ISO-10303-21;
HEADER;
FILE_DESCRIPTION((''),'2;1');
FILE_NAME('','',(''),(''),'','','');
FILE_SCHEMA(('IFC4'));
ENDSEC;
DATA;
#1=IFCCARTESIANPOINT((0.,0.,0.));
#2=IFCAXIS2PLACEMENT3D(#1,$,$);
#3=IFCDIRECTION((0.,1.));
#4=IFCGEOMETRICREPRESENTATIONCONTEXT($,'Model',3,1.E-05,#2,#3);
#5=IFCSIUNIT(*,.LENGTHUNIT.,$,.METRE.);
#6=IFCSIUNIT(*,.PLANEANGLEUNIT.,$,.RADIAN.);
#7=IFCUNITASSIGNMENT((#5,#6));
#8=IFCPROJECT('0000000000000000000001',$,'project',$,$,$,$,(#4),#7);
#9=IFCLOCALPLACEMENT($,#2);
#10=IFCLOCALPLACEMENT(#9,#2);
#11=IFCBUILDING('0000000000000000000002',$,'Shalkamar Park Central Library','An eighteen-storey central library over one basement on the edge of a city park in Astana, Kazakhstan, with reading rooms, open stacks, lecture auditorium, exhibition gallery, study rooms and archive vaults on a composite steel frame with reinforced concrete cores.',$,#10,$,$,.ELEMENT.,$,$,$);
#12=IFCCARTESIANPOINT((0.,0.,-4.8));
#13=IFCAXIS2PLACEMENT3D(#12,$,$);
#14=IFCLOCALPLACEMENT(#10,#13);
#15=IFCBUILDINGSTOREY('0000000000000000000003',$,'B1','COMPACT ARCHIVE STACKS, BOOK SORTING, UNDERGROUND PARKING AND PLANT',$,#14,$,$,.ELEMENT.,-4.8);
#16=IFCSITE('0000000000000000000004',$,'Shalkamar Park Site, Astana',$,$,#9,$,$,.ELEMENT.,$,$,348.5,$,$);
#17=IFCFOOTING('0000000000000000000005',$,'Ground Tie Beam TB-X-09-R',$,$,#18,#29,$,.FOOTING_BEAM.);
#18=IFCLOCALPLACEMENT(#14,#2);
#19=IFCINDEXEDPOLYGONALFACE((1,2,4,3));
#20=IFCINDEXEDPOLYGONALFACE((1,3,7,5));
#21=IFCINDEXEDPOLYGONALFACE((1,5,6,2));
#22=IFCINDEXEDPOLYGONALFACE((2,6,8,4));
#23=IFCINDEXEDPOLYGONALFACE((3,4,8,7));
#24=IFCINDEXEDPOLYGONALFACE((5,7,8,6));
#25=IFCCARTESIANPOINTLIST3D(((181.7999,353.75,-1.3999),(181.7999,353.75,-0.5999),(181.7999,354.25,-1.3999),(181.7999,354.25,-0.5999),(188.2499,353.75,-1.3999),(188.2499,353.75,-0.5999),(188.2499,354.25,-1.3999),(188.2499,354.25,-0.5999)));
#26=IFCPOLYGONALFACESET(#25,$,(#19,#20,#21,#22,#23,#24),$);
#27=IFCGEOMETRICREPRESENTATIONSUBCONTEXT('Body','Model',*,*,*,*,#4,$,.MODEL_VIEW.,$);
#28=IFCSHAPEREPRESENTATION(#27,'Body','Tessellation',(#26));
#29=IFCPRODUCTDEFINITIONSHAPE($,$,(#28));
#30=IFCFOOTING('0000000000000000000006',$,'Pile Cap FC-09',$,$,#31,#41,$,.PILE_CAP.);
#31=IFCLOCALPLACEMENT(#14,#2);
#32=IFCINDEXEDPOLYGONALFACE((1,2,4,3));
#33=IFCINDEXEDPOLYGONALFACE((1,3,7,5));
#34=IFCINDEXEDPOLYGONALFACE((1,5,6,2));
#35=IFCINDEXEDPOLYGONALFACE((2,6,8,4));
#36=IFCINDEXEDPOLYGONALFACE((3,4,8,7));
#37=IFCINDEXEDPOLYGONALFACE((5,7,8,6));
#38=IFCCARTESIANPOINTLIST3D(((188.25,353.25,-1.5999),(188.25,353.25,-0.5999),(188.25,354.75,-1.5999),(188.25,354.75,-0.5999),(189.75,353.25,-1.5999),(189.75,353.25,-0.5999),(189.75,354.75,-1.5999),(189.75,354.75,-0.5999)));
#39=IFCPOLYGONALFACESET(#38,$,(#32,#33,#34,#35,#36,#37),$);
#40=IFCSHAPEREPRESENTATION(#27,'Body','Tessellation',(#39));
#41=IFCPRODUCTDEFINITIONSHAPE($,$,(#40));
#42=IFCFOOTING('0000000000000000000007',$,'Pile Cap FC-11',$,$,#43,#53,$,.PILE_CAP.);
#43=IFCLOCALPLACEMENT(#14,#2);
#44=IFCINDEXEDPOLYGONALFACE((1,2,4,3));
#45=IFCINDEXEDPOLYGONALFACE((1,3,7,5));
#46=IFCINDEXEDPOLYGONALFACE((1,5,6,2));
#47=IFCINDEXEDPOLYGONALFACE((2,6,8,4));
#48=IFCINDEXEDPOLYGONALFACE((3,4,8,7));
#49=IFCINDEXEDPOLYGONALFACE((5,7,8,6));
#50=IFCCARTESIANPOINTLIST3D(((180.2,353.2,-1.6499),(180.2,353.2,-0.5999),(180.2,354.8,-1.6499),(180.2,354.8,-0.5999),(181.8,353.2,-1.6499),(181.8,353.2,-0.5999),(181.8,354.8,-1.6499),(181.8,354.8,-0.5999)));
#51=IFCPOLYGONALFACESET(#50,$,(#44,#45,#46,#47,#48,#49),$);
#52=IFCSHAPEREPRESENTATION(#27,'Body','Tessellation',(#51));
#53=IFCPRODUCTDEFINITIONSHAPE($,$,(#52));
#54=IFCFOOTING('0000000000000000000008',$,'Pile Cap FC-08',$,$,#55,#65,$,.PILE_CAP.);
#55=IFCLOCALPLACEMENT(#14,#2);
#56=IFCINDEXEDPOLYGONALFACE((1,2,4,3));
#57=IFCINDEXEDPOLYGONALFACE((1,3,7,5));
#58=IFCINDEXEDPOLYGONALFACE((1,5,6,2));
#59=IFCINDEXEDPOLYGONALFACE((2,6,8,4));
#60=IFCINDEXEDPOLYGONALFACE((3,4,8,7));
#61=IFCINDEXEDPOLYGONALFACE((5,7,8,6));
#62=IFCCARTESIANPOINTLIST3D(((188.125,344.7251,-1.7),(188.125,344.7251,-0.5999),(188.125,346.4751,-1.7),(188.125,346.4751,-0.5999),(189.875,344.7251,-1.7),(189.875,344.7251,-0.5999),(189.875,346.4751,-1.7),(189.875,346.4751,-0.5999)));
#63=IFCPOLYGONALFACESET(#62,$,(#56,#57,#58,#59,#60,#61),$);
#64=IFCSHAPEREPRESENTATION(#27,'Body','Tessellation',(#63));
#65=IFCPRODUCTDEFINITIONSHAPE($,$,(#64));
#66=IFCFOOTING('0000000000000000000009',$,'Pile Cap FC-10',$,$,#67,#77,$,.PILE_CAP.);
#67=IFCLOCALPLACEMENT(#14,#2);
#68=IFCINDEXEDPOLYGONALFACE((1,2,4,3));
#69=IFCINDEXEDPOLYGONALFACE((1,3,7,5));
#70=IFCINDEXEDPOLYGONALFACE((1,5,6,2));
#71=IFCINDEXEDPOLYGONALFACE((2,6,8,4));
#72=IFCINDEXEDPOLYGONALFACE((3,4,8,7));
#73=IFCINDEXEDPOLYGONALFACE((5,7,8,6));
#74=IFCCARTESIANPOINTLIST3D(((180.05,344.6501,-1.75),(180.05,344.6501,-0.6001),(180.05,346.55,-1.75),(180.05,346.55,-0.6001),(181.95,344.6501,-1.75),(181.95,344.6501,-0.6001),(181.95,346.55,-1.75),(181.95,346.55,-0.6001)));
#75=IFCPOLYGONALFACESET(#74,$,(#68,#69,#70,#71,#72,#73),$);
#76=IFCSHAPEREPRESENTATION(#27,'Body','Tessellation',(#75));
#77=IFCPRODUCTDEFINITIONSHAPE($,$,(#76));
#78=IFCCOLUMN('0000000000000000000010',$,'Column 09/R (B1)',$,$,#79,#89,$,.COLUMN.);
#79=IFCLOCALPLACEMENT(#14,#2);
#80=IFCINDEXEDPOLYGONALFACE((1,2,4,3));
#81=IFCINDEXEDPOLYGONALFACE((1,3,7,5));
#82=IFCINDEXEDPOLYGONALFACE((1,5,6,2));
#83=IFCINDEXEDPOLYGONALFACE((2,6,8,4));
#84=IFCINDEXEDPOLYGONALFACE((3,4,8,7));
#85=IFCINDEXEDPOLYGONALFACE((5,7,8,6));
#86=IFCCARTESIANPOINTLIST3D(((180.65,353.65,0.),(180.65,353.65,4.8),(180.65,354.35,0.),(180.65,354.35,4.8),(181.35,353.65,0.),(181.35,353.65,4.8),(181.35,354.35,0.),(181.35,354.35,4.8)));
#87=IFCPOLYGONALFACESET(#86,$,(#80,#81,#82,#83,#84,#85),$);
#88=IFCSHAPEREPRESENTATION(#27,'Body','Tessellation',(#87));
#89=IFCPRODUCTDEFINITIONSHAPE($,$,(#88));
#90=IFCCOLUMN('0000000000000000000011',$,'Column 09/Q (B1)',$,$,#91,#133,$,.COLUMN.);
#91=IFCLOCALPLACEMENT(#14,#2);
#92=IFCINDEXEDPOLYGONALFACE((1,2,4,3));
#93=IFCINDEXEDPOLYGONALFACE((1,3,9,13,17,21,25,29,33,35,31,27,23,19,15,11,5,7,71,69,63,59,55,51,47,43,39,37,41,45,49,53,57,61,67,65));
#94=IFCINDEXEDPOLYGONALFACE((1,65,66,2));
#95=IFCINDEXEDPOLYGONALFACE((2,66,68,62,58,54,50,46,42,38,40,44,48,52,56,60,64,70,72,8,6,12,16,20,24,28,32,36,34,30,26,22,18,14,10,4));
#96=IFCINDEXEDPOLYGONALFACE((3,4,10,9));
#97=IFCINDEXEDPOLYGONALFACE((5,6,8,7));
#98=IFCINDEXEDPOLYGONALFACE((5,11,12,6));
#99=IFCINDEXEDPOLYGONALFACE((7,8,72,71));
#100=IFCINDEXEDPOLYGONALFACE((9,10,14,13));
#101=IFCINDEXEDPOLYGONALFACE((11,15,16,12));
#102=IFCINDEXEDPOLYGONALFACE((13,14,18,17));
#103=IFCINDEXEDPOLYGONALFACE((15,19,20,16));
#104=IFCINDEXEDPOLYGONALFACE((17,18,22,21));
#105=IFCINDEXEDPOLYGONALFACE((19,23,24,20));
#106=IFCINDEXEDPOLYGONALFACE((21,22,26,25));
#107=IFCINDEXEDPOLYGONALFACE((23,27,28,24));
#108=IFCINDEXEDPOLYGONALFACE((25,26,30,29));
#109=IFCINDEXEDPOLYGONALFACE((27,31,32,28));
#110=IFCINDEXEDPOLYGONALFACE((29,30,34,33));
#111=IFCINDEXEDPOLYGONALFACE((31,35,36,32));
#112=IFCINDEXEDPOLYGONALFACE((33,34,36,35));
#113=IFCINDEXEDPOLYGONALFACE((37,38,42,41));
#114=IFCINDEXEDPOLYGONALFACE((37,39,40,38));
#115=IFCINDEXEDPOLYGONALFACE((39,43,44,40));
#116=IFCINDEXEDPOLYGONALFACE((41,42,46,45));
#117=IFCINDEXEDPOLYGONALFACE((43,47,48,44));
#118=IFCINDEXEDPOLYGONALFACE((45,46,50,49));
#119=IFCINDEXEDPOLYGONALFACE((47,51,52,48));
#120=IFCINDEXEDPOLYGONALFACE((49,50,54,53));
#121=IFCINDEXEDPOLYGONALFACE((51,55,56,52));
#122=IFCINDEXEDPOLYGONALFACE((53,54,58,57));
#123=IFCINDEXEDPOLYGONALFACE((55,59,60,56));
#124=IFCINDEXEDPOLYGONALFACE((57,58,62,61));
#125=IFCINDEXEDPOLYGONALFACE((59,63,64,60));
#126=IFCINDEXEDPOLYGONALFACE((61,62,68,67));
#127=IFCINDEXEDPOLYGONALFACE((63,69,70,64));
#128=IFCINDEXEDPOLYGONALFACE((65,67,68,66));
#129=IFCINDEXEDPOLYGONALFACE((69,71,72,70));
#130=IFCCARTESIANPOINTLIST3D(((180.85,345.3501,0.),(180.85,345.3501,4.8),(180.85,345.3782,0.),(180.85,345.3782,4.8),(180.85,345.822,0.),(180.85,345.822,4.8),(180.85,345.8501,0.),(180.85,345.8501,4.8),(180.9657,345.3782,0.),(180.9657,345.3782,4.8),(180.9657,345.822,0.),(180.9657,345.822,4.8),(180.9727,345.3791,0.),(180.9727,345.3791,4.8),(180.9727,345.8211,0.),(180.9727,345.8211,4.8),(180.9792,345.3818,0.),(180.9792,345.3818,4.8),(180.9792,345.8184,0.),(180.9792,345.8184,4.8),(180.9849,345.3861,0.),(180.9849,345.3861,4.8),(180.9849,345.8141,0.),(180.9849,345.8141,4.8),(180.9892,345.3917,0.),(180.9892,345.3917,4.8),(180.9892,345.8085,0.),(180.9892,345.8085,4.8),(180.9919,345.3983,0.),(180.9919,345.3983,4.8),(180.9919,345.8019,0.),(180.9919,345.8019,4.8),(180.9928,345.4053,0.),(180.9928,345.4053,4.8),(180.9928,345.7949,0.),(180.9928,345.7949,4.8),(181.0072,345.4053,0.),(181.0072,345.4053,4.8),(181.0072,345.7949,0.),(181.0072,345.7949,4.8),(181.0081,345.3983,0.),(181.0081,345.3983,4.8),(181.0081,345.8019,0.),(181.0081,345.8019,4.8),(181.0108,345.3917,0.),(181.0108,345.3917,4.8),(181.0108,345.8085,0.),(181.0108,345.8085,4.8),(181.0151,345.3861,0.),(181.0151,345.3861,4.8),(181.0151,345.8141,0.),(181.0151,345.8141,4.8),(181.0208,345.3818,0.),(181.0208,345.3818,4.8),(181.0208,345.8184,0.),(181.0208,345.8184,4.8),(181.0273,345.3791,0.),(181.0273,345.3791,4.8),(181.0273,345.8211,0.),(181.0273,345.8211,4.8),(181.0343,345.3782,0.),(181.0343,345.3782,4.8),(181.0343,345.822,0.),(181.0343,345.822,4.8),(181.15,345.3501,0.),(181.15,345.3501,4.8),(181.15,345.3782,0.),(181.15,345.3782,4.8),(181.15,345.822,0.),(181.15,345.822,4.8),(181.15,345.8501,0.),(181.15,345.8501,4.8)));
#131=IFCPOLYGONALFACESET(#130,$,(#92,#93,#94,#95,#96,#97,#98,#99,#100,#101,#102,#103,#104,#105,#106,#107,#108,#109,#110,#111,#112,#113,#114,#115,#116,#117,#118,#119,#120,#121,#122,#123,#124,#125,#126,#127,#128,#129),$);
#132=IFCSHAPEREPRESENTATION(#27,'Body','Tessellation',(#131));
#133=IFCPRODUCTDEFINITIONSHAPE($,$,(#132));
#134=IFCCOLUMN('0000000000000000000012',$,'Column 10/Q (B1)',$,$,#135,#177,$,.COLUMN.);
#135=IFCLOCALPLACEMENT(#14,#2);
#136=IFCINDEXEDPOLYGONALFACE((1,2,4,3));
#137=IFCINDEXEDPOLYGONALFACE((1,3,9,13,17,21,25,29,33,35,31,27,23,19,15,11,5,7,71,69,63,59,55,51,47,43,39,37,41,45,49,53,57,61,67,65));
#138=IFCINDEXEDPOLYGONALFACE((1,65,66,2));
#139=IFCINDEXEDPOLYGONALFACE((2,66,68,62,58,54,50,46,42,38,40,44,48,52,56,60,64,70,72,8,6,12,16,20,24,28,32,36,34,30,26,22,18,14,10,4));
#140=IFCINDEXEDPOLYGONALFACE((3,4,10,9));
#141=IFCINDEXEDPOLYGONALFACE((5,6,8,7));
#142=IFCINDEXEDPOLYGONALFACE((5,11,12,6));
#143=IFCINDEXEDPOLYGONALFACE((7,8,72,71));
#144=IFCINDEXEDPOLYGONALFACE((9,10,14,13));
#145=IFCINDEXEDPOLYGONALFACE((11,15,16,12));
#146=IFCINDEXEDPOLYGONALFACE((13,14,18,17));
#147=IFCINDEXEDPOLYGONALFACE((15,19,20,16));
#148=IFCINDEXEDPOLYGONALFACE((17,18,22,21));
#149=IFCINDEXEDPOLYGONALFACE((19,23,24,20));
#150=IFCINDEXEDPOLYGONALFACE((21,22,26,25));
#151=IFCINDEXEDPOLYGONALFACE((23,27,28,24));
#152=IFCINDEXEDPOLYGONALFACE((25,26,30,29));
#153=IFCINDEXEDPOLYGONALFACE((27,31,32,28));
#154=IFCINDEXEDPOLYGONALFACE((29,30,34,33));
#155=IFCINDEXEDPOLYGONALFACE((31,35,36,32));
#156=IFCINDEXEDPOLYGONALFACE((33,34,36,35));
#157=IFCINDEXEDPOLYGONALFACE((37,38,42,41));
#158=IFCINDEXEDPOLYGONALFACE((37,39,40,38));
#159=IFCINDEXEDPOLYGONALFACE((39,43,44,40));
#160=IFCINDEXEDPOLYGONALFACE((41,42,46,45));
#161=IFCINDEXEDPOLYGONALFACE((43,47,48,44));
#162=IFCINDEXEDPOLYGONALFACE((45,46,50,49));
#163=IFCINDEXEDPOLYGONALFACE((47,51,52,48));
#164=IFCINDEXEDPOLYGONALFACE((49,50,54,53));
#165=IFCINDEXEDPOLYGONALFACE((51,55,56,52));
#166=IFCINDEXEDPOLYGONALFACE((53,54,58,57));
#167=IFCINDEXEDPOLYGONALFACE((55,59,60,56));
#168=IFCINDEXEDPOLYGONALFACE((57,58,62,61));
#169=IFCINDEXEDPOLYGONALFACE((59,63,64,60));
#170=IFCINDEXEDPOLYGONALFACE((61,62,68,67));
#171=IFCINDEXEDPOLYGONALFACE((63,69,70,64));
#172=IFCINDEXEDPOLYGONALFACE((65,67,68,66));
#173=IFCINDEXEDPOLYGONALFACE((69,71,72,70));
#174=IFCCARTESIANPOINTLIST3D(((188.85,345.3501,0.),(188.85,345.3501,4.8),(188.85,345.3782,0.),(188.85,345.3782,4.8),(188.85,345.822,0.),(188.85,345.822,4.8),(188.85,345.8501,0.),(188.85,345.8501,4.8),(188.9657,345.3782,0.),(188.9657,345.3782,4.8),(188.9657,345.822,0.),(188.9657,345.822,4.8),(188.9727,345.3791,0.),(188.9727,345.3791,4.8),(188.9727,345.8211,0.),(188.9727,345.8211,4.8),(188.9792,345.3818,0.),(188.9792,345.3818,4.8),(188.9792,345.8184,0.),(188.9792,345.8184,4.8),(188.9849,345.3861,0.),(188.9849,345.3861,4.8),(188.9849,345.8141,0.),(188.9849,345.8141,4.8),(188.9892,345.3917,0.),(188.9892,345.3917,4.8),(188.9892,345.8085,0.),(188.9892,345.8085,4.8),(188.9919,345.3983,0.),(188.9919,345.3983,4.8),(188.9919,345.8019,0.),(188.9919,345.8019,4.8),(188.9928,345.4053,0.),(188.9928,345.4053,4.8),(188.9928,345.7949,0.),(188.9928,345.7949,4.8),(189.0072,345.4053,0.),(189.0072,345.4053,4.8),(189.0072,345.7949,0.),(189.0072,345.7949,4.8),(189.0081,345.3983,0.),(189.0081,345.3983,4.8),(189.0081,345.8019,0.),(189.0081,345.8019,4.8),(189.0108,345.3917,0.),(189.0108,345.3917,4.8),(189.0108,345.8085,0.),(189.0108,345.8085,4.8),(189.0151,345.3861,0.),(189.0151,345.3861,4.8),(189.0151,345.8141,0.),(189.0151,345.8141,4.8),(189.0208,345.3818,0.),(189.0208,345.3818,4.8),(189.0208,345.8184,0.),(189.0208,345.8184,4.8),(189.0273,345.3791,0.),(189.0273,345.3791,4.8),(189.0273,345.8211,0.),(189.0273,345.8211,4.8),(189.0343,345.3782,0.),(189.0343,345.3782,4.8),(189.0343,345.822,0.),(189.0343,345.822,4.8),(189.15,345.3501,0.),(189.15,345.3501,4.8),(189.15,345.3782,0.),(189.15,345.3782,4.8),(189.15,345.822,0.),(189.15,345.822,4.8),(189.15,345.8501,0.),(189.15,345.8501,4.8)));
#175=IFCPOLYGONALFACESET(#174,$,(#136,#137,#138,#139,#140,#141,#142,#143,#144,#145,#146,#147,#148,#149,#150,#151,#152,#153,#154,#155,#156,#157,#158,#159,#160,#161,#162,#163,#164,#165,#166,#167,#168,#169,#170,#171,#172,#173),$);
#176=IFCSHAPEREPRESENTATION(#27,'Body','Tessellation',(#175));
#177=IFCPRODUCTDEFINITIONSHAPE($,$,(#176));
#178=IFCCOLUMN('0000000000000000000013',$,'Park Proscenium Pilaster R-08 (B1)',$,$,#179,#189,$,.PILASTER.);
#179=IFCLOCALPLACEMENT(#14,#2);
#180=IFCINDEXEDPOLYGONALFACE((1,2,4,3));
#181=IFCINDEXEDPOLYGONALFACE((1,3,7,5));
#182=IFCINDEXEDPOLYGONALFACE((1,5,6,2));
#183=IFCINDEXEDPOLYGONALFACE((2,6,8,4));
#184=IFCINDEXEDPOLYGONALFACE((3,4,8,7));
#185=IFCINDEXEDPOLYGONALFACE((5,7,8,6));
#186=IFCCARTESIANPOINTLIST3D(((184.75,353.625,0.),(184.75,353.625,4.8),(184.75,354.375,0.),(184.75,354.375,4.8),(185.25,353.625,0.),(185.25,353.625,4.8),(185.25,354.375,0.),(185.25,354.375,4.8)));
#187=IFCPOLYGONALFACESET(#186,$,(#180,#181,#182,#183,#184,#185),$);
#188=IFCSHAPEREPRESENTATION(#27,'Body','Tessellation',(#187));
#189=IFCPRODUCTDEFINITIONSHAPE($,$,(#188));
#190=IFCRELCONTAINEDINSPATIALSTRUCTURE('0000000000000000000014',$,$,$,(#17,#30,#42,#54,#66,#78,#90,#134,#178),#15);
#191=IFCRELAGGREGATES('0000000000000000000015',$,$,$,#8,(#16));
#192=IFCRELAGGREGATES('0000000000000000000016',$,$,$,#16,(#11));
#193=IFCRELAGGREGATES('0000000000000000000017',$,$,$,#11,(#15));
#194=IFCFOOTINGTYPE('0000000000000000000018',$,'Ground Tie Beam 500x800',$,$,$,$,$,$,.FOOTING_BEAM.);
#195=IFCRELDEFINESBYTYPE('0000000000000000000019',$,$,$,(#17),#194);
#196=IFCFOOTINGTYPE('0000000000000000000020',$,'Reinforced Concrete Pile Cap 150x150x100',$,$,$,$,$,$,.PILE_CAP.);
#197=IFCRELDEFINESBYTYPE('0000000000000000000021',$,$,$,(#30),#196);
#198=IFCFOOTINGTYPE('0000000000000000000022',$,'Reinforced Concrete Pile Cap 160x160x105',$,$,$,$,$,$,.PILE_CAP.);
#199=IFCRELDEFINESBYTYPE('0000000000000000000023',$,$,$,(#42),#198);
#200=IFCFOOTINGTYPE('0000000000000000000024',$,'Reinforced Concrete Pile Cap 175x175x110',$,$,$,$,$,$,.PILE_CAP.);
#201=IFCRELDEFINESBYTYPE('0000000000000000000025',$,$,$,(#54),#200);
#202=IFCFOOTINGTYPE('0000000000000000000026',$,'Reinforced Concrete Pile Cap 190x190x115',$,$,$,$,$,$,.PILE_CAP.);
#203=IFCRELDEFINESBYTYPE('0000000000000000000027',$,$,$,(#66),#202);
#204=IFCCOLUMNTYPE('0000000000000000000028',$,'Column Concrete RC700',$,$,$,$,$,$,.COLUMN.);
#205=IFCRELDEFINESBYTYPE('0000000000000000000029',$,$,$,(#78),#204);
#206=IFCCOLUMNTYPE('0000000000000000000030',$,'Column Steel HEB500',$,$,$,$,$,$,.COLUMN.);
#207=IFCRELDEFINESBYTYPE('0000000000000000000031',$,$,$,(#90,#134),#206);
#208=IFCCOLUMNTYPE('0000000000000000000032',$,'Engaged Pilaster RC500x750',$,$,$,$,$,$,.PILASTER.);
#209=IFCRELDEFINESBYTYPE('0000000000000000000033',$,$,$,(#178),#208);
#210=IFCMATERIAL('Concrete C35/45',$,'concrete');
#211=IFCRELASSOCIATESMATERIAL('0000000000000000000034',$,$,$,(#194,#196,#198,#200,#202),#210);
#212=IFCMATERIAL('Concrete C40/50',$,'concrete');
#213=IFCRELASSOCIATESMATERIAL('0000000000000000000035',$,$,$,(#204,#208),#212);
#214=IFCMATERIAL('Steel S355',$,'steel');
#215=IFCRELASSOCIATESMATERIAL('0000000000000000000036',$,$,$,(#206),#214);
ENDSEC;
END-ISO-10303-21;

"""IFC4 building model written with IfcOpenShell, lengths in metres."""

from ifc_helpers import new_model, si_unit, direction, frame, origin, origin_2d, place, context, subcontext, project, spatial, rectangle, i_section, extrude, material, material_profile, profile_set, type_object, element, save


model = new_model("IFC4")

# Units and contexts
model_context = context("Model", 3, precision=1e-05, world=origin(), true_north=direction((0.0, 1.0)))
body_context = subcontext(model_context, "Body", "Model", "MODEL_VIEW")
ifc_project = project(units=[si_unit("LENGTHUNIT", "METRE"), si_unit("PLANEANGLEUNIT", "RADIAN")], contexts=[model_context])

# Site, building, storey
site_placement = place(None, origin())
site = spatial("IfcSite", under=ifc_project, at=site_placement, Name="Shalkamar Park Site, Astana", CompositionType="ELEMENT", RefElevation=348.5)
building_placement = place(site_placement, origin())
building = spatial("IfcBuilding", under=site, at=building_placement, Name="Shalkamar Park Central Library", Description="An eighteen-storey central library over one basement on the edge of a city park in Astana, Kazakhstan, with reading rooms, open stacks, lecture auditorium, exhibition gallery, study rooms and archive vaults on a composite steel frame with reinforced concrete cores.", CompositionType="ELEMENT")
storey_placement = place(building_placement, frame((0.0, 0.0, -4.8)))
storey = spatial("IfcBuildingStorey", under=building, at=storey_placement, Name="B1", Description="COMPACT ARCHIVE STACKS, BOOK SORTING, UNDERGROUND PARKING AND PLANT", CompositionType="ELEMENT", Elevation=-4.8)

# Shared definitions
ifc_material_1 = material(Name="Concrete C35/45", Category="concrete")

# Footings
footing_type_1 = type_object("IfcFootingType", Name="Ground Tie Beam 500x800", PredefinedType="FOOTING_BEAM", material=ifc_material_1)
footing_1_placement = place(storey_placement, frame((185.0249, 354.0, -1.3999), z_axis=(0.0, 0.0, 1.0), x_axis=(1.0, 0.0, 0.0)))
element("IfcFooting", 1, at=footing_1_placement, inside=storey, type_object=footing_type_1, Name="Ground Tie Beam TB-X-09-R", PredefinedType="FOOTING_BEAM", context=body_context, shape_type="SweptSolid", body=[
    extrude(rectangle(XDim=6.45, YDim=0.5, at=origin_2d()), origin(), (0.0, 0.0, 1.0), 0.8),
])
footing_type_2 = type_object("IfcFootingType", Name="Reinforced Concrete Pile Cap 150x150x100", PredefinedType="PILE_CAP", material=ifc_material_1)
footing_2_placement = place(storey_placement, frame((189.0, 354.0, -1.5999), z_axis=(0.0, 0.0, 1.0), x_axis=(1.0, 0.0, 0.0)))
element("IfcFooting", 2, at=footing_2_placement, inside=storey, type_object=footing_type_2, Name="Pile Cap FC-09", PredefinedType="PILE_CAP", context=body_context, shape_type="SweptSolid", body=[
    extrude(rectangle(XDim=1.5, YDim=1.5, at=origin_2d()), origin(), (0.0, 0.0, 1.0), 1.0),
])
footing_type_3 = type_object("IfcFootingType", Name="Reinforced Concrete Pile Cap 160x160x105", PredefinedType="PILE_CAP", material=ifc_material_1)
footing_3_placement = place(storey_placement, frame((181.0, 354.0, -1.6499), z_axis=(0.0, 0.0, 1.0), x_axis=(1.0, 0.0, 0.0)))
element("IfcFooting", 3, at=footing_3_placement, inside=storey, type_object=footing_type_3, Name="Pile Cap FC-11", PredefinedType="PILE_CAP", context=body_context, shape_type="SweptSolid", body=[
    extrude(rectangle(XDim=1.6001, YDim=1.6001, at=origin_2d()), origin(), (0.0, 0.0, 1.0), 1.05),
])
footing_type_4 = type_object("IfcFootingType", Name="Reinforced Concrete Pile Cap 175x175x110", PredefinedType="PILE_CAP", material=ifc_material_1)
footing_4_placement = place(storey_placement, frame((189.0, 345.6001, -1.7), z_axis=(0.0, 0.0, 1.0), x_axis=(1.0, 0.0, 0.0)))
element("IfcFooting", 4, at=footing_4_placement, inside=storey, type_object=footing_type_4, Name="Pile Cap FC-08", PredefinedType="PILE_CAP", context=body_context, shape_type="SweptSolid", body=[
    extrude(rectangle(XDim=1.75, YDim=1.75, at=origin_2d()), origin(), (0.0, 0.0, 1.0), 1.1001),
])
footing_type_5 = type_object("IfcFootingType", Name="Reinforced Concrete Pile Cap 190x190x115", PredefinedType="PILE_CAP", material=ifc_material_1)
footing_5_placement = place(storey_placement, frame((181.0, 345.6001, -1.75), z_axis=(0.0, 0.0, 1.0), x_axis=(1.0, 0.0, 0.0)))
element("IfcFooting", 5, at=footing_5_placement, inside=storey, type_object=footing_type_5, Name="Pile Cap FC-10", PredefinedType="PILE_CAP", context=body_context, shape_type="SweptSolid", body=[
    extrude(rectangle(XDim=1.8999, YDim=1.8999, at=origin_2d()), origin(), (0.0, 0.0, 1.0), 1.1499),
])

# Columns
ifc_material_2 = material(Name="Concrete C40/50", Category="concrete")
ifc_material_profile_1 = material_profile(ifc_material_2, rectangle(XDim=0.7, YDim=0.7, at=origin_2d()), Name="RC 700x700")
ifc_profile_set_1 = profile_set([ifc_material_profile_1], Name="Concrete C40/50")
column_type_1 = type_object("IfcColumnType", Name="Column Concrete RC700", PredefinedType="COLUMN", material=ifc_profile_set_1)
column_1_placement = place(storey_placement, frame((181.0, 354.0, 0.0), z_axis=(0.0, 0.0, 1.0), x_axis=(1.0, 0.0, 0.0)))
element("IfcColumn", 6, at=column_1_placement, inside=storey, type_object=column_type_1, Name="Column 09/R (B1)", PredefinedType="COLUMN", context=body_context, shape_type="SweptSolid", body=[
    extrude(rectangle(XDim=0.7, YDim=0.7, at=origin_2d()), origin(), (0.0, 0.0, 1.0), 4.8),
])
ifc_material_3 = material(Name="Steel S355", Category="steel")
ifc_material_profile_2 = material_profile(ifc_material_3, i_section(OverallWidth=0.3, OverallDepth=0.5, WebThickness=0.0144, FlangeThickness=0.0281, FilletRadius=0.0271, at=origin_2d()), Name="HEB 500")
ifc_profile_set_2 = profile_set([ifc_material_profile_2], Name="Steel S355")
column_type_2 = type_object("IfcColumnType", Name="Column Steel HEB500", PredefinedType="COLUMN", material=ifc_profile_set_2)
for number, where, z_axis, x_axis, name in (
    (7, (181.0, 345.6001, 0.0), (0.0, 0.0, 1.0), (1.0, 0.0, 0.0), "Column 09/Q (B1)"),
    (8, (189.0, 345.6001, 0.0), (0.0, 0.0, 1.0), (1.0, 0.0, 0.0), "Column 10/Q (B1)"),
):
    element("IfcColumn", number, at=place(storey_placement, frame(where, z_axis=z_axis, x_axis=x_axis)), inside=storey, type_object=column_type_2, Name=name, PredefinedType="COLUMN", context=body_context, shape_type="SweptSolid", body=[
        extrude(i_section(OverallWidth=0.3, OverallDepth=0.5, WebThickness=0.0144, FlangeThickness=0.0281, FilletRadius=0.0271, at=origin_2d()), origin(), (0.0, 0.0, 1.0), 4.8),
    ])
ifc_material_profile_3 = material_profile(ifc_material_2, rectangle(XDim=0.5, YDim=0.75, at=origin_2d()), Name="RC 500x750")
ifc_profile_set_3 = profile_set([ifc_material_profile_3], Name="Concrete C40/50")
column_type_3 = type_object("IfcColumnType", Name="Engaged Pilaster RC500x750", PredefinedType="PILASTER", material=ifc_profile_set_3)
column_2_placement = place(storey_placement, frame((185.0, 354.0, 0.0), z_axis=(0.0, 0.0, 1.0), x_axis=(1.0, 0.0, 0.0)))
element("IfcColumn", 9, at=column_2_placement, inside=storey, type_object=column_type_3, Name="Park Proscenium Pilaster R-08 (B1)", PredefinedType="PILASTER", context=body_context, shape_type="SweptSolid", body=[
    extrude(rectangle(XDim=0.5, YDim=0.75, at=origin_2d()), origin(), (0.0, 0.0, 1.0), 4.8),
])

save(model, "model.ifc")
